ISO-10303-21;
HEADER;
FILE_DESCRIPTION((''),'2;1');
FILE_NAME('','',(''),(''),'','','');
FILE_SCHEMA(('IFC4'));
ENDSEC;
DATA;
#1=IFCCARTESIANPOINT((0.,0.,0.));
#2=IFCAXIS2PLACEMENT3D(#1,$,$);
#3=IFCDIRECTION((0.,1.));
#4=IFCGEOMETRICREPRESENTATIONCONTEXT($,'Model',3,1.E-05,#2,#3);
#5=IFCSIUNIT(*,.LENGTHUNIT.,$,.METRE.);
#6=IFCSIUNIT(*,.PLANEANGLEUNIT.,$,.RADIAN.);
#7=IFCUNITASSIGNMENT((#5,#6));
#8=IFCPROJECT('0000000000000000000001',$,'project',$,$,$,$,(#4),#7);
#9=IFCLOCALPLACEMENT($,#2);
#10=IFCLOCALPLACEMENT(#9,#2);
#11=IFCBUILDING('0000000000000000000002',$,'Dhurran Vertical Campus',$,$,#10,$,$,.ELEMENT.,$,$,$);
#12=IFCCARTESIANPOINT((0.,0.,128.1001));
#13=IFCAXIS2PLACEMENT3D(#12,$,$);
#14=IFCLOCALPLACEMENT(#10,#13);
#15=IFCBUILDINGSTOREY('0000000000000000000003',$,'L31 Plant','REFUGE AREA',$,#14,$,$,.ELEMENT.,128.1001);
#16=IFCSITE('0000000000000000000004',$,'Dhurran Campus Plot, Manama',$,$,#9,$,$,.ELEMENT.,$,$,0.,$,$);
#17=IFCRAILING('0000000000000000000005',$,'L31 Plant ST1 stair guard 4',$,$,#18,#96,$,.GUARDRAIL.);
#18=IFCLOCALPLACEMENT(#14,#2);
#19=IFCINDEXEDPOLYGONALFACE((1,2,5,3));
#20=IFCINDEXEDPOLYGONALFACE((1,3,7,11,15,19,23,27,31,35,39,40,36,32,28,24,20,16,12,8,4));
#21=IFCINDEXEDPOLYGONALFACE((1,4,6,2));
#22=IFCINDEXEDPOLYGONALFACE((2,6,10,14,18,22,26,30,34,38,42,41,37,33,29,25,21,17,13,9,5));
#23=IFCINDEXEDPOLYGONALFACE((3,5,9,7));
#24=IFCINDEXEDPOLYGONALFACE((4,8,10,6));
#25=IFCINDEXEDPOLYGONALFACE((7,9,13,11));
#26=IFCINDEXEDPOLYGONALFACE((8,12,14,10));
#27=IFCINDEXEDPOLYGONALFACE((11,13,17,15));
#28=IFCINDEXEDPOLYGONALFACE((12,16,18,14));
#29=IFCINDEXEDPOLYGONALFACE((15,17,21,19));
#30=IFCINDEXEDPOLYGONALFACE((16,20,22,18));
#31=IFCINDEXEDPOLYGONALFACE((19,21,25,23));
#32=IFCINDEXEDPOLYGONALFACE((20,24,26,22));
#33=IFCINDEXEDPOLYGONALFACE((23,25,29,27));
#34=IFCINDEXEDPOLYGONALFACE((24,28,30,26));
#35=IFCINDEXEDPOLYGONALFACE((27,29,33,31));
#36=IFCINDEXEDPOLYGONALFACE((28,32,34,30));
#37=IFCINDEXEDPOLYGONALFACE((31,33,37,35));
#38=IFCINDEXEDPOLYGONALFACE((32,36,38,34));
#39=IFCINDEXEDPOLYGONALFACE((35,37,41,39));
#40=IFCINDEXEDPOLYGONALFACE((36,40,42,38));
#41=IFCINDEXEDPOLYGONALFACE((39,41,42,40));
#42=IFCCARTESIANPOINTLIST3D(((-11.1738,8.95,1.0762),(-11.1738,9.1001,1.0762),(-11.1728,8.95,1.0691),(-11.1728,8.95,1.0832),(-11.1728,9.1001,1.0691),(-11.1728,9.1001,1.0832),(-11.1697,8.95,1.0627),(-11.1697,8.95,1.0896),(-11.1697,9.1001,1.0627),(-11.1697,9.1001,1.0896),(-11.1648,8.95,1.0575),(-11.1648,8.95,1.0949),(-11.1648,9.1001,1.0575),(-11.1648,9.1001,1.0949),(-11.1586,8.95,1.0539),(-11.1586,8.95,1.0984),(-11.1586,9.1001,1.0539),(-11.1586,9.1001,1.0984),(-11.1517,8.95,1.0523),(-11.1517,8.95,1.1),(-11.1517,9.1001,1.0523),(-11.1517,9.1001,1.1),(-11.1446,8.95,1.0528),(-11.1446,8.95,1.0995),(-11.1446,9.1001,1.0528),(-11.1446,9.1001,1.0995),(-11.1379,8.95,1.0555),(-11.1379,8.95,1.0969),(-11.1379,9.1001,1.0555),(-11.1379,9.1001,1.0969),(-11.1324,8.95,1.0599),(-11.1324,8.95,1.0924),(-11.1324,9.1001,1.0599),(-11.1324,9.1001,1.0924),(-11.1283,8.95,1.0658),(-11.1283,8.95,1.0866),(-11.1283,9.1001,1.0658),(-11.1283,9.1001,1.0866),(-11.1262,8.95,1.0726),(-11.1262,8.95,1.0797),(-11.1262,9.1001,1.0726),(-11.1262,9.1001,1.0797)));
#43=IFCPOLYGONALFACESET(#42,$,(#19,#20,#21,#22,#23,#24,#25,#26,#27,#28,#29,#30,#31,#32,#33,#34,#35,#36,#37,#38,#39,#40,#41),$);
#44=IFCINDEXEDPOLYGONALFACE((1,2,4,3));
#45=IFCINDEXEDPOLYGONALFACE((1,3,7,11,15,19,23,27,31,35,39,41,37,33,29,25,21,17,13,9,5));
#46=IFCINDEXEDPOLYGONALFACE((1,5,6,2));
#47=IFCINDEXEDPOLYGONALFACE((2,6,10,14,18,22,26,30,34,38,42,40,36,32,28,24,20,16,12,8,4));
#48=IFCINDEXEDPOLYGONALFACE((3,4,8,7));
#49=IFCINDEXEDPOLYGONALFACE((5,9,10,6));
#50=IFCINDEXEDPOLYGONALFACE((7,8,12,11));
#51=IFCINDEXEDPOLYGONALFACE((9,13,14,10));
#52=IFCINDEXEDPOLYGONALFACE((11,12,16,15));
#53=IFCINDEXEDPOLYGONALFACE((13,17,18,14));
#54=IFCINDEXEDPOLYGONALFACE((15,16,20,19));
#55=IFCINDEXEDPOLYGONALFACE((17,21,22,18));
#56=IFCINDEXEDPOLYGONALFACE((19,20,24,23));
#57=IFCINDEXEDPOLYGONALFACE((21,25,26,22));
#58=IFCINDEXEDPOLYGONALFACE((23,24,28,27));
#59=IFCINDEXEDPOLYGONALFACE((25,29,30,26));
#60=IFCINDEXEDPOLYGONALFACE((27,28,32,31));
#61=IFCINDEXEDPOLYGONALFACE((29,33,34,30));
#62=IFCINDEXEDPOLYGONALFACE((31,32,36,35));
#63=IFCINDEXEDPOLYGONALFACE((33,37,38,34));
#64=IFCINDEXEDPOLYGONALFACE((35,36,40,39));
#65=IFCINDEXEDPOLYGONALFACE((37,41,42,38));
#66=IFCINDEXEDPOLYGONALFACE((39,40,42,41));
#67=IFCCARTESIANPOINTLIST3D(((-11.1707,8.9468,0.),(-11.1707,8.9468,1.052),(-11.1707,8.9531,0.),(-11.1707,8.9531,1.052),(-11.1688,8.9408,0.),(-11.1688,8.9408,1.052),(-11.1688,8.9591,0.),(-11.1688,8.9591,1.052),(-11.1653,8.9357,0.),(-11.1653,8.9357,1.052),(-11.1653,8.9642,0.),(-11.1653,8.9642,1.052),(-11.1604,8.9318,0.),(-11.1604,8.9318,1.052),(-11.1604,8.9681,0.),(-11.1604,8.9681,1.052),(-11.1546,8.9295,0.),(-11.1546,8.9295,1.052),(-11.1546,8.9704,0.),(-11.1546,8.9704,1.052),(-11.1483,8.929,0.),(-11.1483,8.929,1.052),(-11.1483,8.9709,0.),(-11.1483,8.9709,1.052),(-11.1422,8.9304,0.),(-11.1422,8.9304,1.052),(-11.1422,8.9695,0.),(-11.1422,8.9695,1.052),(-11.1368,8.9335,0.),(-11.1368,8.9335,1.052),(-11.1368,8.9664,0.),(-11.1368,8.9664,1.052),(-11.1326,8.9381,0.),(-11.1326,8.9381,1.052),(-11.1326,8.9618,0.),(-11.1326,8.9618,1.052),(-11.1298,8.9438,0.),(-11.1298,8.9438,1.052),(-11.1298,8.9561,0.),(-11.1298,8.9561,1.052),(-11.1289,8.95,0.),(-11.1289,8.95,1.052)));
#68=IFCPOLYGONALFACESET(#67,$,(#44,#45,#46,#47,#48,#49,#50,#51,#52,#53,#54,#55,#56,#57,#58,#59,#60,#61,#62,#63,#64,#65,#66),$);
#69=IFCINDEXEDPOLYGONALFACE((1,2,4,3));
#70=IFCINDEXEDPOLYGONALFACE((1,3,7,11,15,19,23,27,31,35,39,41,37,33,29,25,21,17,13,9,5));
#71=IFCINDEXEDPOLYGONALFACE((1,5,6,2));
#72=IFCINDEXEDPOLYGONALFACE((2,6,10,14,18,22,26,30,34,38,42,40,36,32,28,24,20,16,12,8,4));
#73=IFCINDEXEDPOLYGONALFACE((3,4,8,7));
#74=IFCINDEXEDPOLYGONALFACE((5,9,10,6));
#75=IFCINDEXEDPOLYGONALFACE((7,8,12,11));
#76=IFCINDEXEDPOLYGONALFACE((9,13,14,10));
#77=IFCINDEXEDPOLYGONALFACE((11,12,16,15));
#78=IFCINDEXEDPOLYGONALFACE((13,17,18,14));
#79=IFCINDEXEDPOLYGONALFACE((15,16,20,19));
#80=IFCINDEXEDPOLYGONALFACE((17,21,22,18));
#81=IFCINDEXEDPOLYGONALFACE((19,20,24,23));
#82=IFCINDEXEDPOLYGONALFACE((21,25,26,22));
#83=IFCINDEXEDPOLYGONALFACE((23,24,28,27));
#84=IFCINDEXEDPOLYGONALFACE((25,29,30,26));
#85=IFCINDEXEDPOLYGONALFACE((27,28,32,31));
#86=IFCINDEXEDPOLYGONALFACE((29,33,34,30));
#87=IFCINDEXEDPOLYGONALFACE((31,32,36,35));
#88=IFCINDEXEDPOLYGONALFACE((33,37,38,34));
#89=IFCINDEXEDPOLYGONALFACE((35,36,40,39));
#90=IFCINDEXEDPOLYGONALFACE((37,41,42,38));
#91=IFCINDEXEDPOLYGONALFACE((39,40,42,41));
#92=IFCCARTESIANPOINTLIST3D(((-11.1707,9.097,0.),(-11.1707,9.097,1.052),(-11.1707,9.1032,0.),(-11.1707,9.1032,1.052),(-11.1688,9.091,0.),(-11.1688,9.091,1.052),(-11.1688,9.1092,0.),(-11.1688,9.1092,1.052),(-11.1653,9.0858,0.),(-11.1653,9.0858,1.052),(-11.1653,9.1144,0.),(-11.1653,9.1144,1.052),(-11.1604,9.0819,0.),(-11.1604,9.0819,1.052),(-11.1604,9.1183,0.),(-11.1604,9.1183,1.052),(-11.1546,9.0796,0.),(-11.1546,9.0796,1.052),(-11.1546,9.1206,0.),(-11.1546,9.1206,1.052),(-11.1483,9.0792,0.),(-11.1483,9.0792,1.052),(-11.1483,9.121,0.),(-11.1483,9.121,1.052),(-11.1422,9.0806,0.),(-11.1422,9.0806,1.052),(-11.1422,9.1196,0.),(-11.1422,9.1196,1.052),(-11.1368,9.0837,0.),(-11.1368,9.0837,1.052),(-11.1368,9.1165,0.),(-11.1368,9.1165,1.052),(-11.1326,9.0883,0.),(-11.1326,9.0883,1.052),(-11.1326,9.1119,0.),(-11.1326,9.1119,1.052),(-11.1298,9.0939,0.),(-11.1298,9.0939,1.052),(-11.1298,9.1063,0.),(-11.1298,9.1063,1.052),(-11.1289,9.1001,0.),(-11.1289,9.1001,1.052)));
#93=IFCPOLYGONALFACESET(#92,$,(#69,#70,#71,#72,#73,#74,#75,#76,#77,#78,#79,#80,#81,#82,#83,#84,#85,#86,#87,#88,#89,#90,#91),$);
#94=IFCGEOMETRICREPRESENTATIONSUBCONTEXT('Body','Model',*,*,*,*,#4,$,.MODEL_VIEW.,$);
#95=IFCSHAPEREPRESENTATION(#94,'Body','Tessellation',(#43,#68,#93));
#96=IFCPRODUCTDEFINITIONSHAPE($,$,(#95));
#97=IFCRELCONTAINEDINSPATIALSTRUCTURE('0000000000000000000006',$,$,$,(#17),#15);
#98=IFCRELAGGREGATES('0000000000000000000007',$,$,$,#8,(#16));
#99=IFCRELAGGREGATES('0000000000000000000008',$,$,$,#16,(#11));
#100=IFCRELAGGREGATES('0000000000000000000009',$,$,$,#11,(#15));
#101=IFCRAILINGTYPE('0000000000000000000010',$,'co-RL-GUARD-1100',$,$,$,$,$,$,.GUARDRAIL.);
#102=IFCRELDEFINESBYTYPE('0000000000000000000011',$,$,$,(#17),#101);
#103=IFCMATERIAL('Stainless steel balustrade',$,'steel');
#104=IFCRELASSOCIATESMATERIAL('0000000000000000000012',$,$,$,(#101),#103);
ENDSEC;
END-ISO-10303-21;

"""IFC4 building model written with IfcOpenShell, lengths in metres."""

from ifc_helpers import new_model, si_unit, direction, frame, origin, origin_2d, place, context, subcontext, project, spatial, circle, extrude, material, type_object, element, save


model = new_model("IFC4")

# Units and contexts
model_context = context("Model", 3, precision=1e-05, world=origin(), true_north=direction((0.0, 1.0)))
body_context = subcontext(model_context, "Body", "Model", "MODEL_VIEW")
ifc_project = project(units=[si_unit("LENGTHUNIT", "METRE"), si_unit("PLANEANGLEUNIT", "RADIAN")], contexts=[model_context])

# Site, building, storey
site_placement = place(None, origin())
site = spatial("IfcSite", under=ifc_project, at=site_placement, Name="Dhurran Campus Plot, Manama", CompositionType="ELEMENT", RefElevation=0.0)
building_placement = place(site_placement, origin())
building = spatial("IfcBuilding", under=site, at=building_placement, Name="Dhurran Vertical Campus", CompositionType="ELEMENT")
storey_placement = place(building_placement, frame((0.0, 0.0, 128.1001)))
storey = spatial("IfcBuildingStorey", under=building, at=storey_placement, Name="L31 Plant", Description="REFUGE AREA", CompositionType="ELEMENT", Elevation=128.1001)

# Railing
ifc_material_1 = material(Name="Stainless steel balustrade", Category="steel")
railing_type_1 = type_object("IfcRailingType", Name="co-RL-GUARD-1100", PredefinedType="GUARDRAIL", material=ifc_material_1)
railing_1_placement = place(storey_placement, frame((-11.1499, 8.95, 0.0)))
element("IfcRailing", 1, at=railing_1_placement, inside=storey, type_object=railing_type_1, Name="L31 Plant ST1 stair guard 4", PredefinedType="GUARDRAIL", context=body_context, shape_type="SweptSolid", body=[
    extrude(circle(Radius=0.0239, at=origin_2d()), frame((0.0, 0.0, 1.0762), z_axis=(0.0, 1.0, 0.0), x_axis=(-1.0, 0.0, 0.0)), (0.0, 0.0, 1.0), 0.1501),
    extrude(circle(Radius=0.021, at=origin_2d()), origin(), (0.0, 0.0, 1.0), 1.052),
    extrude(circle(Radius=0.021, at=origin_2d()), frame((0.0, 0.1501, 0.0)), (0.0, 0.0, 1.0), 1.052),
])

save(model, "model.ifc")
